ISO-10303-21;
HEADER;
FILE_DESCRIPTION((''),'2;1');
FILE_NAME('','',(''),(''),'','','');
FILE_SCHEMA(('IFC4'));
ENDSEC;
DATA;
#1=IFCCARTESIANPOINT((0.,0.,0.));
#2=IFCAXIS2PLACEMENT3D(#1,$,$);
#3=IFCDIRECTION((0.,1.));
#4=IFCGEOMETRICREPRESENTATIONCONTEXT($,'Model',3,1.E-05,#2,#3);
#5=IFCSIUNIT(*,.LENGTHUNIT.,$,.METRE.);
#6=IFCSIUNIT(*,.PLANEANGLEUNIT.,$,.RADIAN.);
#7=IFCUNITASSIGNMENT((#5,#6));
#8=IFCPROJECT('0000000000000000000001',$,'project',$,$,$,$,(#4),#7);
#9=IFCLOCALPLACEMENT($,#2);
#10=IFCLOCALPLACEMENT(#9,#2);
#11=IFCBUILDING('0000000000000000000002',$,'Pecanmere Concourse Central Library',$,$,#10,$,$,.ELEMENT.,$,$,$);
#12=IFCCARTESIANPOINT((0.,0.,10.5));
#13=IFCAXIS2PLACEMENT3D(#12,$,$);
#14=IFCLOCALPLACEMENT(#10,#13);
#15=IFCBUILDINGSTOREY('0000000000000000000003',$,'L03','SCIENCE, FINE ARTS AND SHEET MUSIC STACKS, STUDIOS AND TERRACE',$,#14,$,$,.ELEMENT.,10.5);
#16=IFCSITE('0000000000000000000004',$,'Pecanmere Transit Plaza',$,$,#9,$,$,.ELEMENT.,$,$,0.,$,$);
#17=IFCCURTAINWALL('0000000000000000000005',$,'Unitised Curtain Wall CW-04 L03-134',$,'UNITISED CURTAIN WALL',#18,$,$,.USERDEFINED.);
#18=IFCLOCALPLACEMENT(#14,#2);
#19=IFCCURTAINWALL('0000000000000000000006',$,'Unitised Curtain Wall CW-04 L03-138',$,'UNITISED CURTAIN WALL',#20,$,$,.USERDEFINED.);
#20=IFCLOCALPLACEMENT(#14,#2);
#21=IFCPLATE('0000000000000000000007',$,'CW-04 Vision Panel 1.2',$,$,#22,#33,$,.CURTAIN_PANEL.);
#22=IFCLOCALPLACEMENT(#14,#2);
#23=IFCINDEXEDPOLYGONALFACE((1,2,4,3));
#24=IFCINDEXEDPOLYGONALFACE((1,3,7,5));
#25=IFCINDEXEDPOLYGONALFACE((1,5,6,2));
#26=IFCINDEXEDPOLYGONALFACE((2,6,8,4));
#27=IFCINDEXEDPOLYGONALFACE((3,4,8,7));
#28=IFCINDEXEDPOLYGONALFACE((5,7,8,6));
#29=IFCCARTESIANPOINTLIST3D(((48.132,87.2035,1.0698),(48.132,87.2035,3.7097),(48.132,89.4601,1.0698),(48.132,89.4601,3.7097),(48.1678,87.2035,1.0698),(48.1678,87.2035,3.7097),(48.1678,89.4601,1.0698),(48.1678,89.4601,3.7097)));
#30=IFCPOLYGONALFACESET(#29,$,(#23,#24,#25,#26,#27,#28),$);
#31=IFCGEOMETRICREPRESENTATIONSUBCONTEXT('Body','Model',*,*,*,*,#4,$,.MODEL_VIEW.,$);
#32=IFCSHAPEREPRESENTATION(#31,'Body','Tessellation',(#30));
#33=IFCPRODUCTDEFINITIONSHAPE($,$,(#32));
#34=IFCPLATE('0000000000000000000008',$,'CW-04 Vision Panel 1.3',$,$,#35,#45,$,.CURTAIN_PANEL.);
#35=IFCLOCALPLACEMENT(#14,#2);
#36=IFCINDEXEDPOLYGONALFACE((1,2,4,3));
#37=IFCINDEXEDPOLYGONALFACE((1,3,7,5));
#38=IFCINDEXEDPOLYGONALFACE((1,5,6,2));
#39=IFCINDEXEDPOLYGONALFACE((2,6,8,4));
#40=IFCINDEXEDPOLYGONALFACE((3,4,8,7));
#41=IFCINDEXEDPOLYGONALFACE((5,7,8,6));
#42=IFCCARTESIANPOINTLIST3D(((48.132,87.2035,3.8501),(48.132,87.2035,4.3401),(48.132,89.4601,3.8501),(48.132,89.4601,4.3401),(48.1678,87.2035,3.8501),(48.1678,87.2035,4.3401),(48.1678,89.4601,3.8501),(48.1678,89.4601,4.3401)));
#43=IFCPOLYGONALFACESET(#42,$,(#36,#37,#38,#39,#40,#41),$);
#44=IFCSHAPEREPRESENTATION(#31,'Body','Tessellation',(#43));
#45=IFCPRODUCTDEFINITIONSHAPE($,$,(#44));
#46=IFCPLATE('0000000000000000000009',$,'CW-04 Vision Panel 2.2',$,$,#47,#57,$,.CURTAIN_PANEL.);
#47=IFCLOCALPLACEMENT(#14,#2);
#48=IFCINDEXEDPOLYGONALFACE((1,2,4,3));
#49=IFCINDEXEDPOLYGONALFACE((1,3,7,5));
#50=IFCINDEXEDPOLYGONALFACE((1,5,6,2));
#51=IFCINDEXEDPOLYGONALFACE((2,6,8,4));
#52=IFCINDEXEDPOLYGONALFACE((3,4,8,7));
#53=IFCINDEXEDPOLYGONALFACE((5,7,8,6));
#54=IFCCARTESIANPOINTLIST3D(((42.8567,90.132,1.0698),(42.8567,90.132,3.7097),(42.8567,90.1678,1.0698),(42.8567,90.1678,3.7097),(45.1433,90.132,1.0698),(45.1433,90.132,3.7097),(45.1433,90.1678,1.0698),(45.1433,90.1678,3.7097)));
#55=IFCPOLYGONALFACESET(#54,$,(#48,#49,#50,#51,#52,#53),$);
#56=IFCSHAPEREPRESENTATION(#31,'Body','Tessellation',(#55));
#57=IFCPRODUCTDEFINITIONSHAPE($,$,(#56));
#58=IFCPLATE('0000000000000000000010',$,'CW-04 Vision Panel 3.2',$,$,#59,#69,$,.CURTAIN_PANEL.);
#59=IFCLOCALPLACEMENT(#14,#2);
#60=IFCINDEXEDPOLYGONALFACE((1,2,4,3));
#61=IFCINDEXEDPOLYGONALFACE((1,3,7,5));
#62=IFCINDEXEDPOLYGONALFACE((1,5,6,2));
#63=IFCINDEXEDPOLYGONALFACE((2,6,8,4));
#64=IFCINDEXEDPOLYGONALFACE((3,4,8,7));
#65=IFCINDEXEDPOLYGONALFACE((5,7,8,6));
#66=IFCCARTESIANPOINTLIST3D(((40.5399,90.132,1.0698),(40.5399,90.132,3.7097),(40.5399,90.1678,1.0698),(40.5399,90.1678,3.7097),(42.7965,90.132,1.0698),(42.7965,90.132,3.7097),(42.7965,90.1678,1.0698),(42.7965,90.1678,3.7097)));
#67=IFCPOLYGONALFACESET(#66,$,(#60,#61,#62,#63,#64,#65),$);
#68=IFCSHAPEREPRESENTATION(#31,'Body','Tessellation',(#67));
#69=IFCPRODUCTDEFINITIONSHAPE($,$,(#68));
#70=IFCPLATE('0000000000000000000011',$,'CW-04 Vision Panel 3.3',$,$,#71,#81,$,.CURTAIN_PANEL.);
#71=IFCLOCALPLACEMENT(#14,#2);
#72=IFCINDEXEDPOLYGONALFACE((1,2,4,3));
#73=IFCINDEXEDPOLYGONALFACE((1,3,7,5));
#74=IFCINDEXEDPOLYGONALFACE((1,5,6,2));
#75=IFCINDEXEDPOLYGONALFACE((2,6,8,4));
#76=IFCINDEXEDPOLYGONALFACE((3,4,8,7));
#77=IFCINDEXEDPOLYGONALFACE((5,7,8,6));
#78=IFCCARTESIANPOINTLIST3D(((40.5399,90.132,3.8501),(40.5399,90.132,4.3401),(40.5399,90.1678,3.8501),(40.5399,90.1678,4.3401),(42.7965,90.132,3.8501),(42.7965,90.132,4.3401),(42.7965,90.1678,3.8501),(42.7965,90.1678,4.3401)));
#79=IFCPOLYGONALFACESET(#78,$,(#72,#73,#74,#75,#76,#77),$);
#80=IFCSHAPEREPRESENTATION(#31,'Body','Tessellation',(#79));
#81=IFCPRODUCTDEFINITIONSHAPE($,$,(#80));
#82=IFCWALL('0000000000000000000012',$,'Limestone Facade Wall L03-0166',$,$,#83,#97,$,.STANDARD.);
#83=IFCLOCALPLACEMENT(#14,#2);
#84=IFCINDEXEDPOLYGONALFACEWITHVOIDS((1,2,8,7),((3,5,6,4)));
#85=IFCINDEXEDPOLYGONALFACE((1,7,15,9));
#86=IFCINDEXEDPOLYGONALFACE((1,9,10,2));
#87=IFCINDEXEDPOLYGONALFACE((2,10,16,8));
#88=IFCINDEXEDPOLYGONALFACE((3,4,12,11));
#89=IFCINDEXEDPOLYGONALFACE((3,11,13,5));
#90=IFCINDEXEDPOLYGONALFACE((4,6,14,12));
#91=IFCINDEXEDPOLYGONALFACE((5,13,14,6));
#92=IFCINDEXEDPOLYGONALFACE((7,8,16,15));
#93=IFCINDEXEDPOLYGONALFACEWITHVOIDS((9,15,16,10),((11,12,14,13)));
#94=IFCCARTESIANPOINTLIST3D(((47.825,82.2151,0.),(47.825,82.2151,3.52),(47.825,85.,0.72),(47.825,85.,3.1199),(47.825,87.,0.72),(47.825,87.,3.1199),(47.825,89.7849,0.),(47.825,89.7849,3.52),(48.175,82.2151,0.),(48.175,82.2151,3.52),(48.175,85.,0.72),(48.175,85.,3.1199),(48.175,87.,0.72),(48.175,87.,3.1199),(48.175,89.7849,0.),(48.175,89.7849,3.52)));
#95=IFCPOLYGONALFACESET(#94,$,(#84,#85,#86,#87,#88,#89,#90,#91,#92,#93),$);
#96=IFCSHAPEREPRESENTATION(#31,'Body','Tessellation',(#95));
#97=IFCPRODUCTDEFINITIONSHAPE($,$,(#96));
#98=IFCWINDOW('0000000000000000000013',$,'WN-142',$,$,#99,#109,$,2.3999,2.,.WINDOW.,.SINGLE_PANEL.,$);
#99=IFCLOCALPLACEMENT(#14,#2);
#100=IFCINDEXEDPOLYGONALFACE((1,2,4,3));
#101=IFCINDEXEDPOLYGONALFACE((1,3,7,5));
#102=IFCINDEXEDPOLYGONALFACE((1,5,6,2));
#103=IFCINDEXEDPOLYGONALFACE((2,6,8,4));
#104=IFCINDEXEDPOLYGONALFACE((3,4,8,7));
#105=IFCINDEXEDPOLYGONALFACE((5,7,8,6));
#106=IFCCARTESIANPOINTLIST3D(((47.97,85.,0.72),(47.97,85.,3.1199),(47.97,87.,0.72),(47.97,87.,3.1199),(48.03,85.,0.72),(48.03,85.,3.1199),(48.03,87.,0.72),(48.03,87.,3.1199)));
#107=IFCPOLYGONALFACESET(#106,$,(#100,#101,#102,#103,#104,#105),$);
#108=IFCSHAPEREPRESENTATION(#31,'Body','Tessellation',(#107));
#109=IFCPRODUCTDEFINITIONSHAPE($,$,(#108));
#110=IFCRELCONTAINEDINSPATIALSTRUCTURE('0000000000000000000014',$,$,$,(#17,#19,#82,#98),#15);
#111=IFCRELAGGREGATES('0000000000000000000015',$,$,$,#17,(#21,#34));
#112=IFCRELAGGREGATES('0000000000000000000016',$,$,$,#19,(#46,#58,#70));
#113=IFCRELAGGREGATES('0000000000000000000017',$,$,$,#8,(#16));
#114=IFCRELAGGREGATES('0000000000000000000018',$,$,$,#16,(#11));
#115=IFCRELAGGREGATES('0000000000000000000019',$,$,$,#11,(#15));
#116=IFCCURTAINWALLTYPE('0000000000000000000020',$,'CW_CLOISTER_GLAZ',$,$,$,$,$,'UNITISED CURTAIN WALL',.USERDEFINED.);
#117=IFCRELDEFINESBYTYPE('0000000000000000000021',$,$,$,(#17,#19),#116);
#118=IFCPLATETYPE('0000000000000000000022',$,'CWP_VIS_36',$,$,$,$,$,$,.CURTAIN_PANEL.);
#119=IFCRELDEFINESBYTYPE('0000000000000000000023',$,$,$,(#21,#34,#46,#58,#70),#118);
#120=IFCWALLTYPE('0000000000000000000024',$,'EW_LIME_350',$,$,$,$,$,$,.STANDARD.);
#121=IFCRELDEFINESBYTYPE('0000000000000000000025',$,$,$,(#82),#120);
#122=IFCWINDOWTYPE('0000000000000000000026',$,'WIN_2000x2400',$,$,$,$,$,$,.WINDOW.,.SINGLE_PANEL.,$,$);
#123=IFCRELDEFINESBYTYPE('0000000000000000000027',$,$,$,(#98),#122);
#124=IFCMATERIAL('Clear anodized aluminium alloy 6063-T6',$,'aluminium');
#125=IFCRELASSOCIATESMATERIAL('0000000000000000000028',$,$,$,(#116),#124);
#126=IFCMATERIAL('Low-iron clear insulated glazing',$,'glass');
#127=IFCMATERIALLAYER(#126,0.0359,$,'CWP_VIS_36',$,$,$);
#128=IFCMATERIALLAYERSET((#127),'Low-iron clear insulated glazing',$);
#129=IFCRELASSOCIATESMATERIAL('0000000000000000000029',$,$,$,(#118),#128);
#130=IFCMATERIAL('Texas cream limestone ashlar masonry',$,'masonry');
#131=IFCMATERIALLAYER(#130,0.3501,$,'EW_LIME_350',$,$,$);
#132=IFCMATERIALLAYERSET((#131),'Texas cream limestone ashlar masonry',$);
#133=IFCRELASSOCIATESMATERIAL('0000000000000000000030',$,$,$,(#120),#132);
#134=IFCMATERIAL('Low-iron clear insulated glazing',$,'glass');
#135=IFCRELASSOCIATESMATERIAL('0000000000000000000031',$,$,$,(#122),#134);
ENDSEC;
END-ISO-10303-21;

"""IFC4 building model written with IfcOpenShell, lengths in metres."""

from ifc_helpers import new_model, si_unit, direction, frame, frame_2d, origin, origin_2d, place, context, subcontext, project, spatial, rectangle, extrude, material, layer, layer_set, type_object, element, fill, aggregate, save


model = new_model("IFC4")

# Units and contexts
model_context = context("Model", 3, precision=1e-05, world=origin(), true_north=direction((0.0, 1.0)))
body_context = subcontext(model_context, "Body", "Model", "MODEL_VIEW")
ifc_project = project(units=[si_unit("LENGTHUNIT", "METRE"), si_unit("PLANEANGLEUNIT", "RADIAN")], contexts=[model_context])

# Site, building, storey
site_placement = place(None, origin())
site = spatial("IfcSite", under=ifc_project, at=site_placement, Name="Pecanmere Transit Plaza", CompositionType="ELEMENT", RefElevation=0.0)
building_placement = place(site_placement, origin())
building = spatial("IfcBuilding", under=site, at=building_placement, Name="Pecanmere Concourse Central Library", CompositionType="ELEMENT")
storey_placement = place(building_placement, frame((0.0, 0.0, 10.5)))
storey = spatial("IfcBuildingStorey", under=building, at=storey_placement, Name="L03", Description="SCIENCE, FINE ARTS AND SHEET MUSIC STACKS, STUDIOS AND TERRACE", CompositionType="ELEMENT", Elevation=10.5)

# Curtain wall
ifc_material_1 = material(Name="Clear anodized aluminium alloy 6063-T6", Category="aluminium")
curtain_wall_type = type_object("IfcCurtainWallType", Name="CW_CLOISTER_GLAZ", ElementType="UNITISED CURTAIN WALL", PredefinedType="USERDEFINED", material=ifc_material_1)
curtain_wall_1_placement = place(storey_placement, origin())
curtain_wall_1 = element("IfcCurtainWall", 1, at=curtain_wall_1_placement, inside=storey, type_object=curtain_wall_type, Name="Unitised Curtain Wall CW-04 L03-134", ObjectType="UNITISED CURTAIN WALL", PredefinedType="USERDEFINED")

# Curtain wall
curtain_wall_2_placement = place(storey_placement, origin())
curtain_wall_2 = element("IfcCurtainWall", 2, at=curtain_wall_2_placement, inside=storey, type_object=curtain_wall_type, Name="Unitised Curtain Wall CW-04 L03-138", ObjectType="UNITISED CURTAIN WALL", PredefinedType="USERDEFINED")

# Plates
ifc_material_2 = material(Name="Low-iron clear insulated glazing", Category="glass")
ifc_layer_1 = layer(ifc_material_2, 0.0359, Name="CWP_VIS_36")
ifc_layer_set_1 = layer_set([ifc_layer_1], Name="Low-iron clear insulated glazing")
plate_type_1 = type_object("IfcPlateType", Name="CWP_VIS_36", PredefinedType="CURTAIN_PANEL", material=ifc_layer_set_1)
plate_1_placement = place(storey_placement, frame((48.1499, 88.3318, 1.0698), z_axis=(0.0, 0.0, 1.0), x_axis=(0.0, -1.0, 0.0)))
plate_1 = element("IfcPlate", 3, at=plate_1_placement, type_object=plate_type_1, Name="CW-04 Vision Panel 1.2", PredefinedType="CURTAIN_PANEL", context=body_context, shape_type="SweptSolid", body=[
    extrude(rectangle(XDim=2.2566, YDim=0.0359, at=origin_2d()), origin(), (0.0, 0.0, 1.0), 2.6399),
])
plate_2_placement = place(storey_placement, frame((48.1499, 88.3318, 3.8501), z_axis=(0.0, 0.0, 1.0), x_axis=(0.0, -1.0, 0.0)))
plate_2 = element("IfcPlate", 4, at=plate_2_placement, type_object=plate_type_1, Name="CW-04 Vision Panel 1.3", PredefinedType="CURTAIN_PANEL", context=body_context, shape_type="SweptSolid", body=[
    extrude(rectangle(XDim=2.2566, YDim=0.0359, at=origin_2d()), origin(), (0.0, 0.0, 1.0), 0.49),
])
aggregate(curtain_wall_1, [plate_1, plate_2])
plate_3_placement = place(storey_placement, frame((44.0, 90.1499, 1.0698), z_axis=(0.0, 0.0, 1.0), x_axis=(-1.0, 0.0, 0.0)))
plate_3 = element("IfcPlate", 5, at=plate_3_placement, type_object=plate_type_1, Name="CW-04 Vision Panel 2.2", PredefinedType="CURTAIN_PANEL", context=body_context, shape_type="SweptSolid", body=[
    extrude(rectangle(XDim=2.2866, YDim=0.0359, at=origin_2d()), origin(), (0.0, 0.0, 1.0), 2.6399),
])
plate_4_placement = place(storey_placement, frame((41.6682, 90.1499, 1.0698), z_axis=(0.0, 0.0, 1.0), x_axis=(-1.0, 0.0, 0.0)))
plate_4 = element("IfcPlate", 6, at=plate_4_placement, type_object=plate_type_1, Name="CW-04 Vision Panel 3.2", PredefinedType="CURTAIN_PANEL", context=body_context, shape_type="SweptSolid", body=[
    extrude(rectangle(XDim=2.2566, YDim=0.0359, at=origin_2d()), origin(), (0.0, 0.0, 1.0), 2.6399),
])
plate_5_placement = place(storey_placement, frame((41.6682, 90.1499, 3.8501), z_axis=(0.0, 0.0, 1.0), x_axis=(-1.0, 0.0, 0.0)))
plate_5 = element("IfcPlate", 7, at=plate_5_placement, type_object=plate_type_1, Name="CW-04 Vision Panel 3.3", PredefinedType="CURTAIN_PANEL", context=body_context, shape_type="SweptSolid", body=[
    extrude(rectangle(XDim=2.2566, YDim=0.0359, at=origin_2d()), origin(), (0.0, 0.0, 1.0), 0.49),
])
aggregate(curtain_wall_2, [plate_3, plate_4, plate_5])

# Wall, opening, window
ifc_material_3 = material(Name="Texas cream limestone ashlar masonry", Category="masonry")
ifc_layer_2 = layer(ifc_material_3, 0.3501, Name="EW_LIME_350")
ifc_layer_set_2 = layer_set([ifc_layer_2], Name="Texas cream limestone ashlar masonry")
wall_type = type_object("IfcWallType", Name="EW_LIME_350", PredefinedType="STANDARD", material=ifc_layer_set_2)
wall_placement = place(storey_placement, frame((48.0, 89.7849, 0.0), z_axis=(0.0, 0.0, 1.0), x_axis=(0.0, -1.0, 0.0)))
wall = element("IfcWall", 8, at=wall_placement, inside=storey, type_object=wall_type, Name="Limestone Facade Wall L03-0166", PredefinedType="STANDARD", context=body_context, shape_type="SweptSolid", body=[
    extrude(rectangle(XDim=7.5698, YDim=0.3501, at=frame_2d((3.7849, 0.0))), origin(), (0.0, 0.0, 1.0), 3.52),
])
opening_placement = place(wall_placement, frame((2.7849, 0.0, 0.72)))
opening = element("IfcOpeningElement", 9, at=opening_placement, cuts=wall, PredefinedType="OPENING", context=body_context, shape_type="SweptSolid", body=[
    extrude(rectangle(XDim=2.0, YDim=2.3999, at=frame_2d((1.0, 1.2))), frame((0.0, 0.187, 0.0), z_axis=(0.0, -1.0, 0.0), x_axis=(1.0, 0.0, 0.0)), (0.0, 0.0, 1.0), 0.374),
])
ifc_material_4 = material(Name="Low-iron clear insulated glazing", Category="glass")
window_type = type_object("IfcWindowType", Name="WIN_2000x2400", PartitioningType="SINGLE_PANEL", PredefinedType="WINDOW", material=ifc_material_4)
window_placement = place(opening_placement, origin())
window = element("IfcWindow", 10, at=window_placement, inside=storey, type_object=window_type, Name="WN-142", OverallHeight=2.3999, OverallWidth=2.0, PartitioningType="SINGLE_PANEL", PredefinedType="WINDOW", context=body_context, shape_type="SweptSolid", body=[
    extrude(rectangle(XDim=2.0, YDim=2.3999, at=frame_2d((1.0, 1.2))), frame((0.0, 0.03, 0.0), z_axis=(0.0, -1.0, 0.0), x_axis=(1.0, 0.0, 0.0)), (0.0, 0.0, 1.0), 0.0601),
])
fill(opening, window)

save(model, "model.ifc")
